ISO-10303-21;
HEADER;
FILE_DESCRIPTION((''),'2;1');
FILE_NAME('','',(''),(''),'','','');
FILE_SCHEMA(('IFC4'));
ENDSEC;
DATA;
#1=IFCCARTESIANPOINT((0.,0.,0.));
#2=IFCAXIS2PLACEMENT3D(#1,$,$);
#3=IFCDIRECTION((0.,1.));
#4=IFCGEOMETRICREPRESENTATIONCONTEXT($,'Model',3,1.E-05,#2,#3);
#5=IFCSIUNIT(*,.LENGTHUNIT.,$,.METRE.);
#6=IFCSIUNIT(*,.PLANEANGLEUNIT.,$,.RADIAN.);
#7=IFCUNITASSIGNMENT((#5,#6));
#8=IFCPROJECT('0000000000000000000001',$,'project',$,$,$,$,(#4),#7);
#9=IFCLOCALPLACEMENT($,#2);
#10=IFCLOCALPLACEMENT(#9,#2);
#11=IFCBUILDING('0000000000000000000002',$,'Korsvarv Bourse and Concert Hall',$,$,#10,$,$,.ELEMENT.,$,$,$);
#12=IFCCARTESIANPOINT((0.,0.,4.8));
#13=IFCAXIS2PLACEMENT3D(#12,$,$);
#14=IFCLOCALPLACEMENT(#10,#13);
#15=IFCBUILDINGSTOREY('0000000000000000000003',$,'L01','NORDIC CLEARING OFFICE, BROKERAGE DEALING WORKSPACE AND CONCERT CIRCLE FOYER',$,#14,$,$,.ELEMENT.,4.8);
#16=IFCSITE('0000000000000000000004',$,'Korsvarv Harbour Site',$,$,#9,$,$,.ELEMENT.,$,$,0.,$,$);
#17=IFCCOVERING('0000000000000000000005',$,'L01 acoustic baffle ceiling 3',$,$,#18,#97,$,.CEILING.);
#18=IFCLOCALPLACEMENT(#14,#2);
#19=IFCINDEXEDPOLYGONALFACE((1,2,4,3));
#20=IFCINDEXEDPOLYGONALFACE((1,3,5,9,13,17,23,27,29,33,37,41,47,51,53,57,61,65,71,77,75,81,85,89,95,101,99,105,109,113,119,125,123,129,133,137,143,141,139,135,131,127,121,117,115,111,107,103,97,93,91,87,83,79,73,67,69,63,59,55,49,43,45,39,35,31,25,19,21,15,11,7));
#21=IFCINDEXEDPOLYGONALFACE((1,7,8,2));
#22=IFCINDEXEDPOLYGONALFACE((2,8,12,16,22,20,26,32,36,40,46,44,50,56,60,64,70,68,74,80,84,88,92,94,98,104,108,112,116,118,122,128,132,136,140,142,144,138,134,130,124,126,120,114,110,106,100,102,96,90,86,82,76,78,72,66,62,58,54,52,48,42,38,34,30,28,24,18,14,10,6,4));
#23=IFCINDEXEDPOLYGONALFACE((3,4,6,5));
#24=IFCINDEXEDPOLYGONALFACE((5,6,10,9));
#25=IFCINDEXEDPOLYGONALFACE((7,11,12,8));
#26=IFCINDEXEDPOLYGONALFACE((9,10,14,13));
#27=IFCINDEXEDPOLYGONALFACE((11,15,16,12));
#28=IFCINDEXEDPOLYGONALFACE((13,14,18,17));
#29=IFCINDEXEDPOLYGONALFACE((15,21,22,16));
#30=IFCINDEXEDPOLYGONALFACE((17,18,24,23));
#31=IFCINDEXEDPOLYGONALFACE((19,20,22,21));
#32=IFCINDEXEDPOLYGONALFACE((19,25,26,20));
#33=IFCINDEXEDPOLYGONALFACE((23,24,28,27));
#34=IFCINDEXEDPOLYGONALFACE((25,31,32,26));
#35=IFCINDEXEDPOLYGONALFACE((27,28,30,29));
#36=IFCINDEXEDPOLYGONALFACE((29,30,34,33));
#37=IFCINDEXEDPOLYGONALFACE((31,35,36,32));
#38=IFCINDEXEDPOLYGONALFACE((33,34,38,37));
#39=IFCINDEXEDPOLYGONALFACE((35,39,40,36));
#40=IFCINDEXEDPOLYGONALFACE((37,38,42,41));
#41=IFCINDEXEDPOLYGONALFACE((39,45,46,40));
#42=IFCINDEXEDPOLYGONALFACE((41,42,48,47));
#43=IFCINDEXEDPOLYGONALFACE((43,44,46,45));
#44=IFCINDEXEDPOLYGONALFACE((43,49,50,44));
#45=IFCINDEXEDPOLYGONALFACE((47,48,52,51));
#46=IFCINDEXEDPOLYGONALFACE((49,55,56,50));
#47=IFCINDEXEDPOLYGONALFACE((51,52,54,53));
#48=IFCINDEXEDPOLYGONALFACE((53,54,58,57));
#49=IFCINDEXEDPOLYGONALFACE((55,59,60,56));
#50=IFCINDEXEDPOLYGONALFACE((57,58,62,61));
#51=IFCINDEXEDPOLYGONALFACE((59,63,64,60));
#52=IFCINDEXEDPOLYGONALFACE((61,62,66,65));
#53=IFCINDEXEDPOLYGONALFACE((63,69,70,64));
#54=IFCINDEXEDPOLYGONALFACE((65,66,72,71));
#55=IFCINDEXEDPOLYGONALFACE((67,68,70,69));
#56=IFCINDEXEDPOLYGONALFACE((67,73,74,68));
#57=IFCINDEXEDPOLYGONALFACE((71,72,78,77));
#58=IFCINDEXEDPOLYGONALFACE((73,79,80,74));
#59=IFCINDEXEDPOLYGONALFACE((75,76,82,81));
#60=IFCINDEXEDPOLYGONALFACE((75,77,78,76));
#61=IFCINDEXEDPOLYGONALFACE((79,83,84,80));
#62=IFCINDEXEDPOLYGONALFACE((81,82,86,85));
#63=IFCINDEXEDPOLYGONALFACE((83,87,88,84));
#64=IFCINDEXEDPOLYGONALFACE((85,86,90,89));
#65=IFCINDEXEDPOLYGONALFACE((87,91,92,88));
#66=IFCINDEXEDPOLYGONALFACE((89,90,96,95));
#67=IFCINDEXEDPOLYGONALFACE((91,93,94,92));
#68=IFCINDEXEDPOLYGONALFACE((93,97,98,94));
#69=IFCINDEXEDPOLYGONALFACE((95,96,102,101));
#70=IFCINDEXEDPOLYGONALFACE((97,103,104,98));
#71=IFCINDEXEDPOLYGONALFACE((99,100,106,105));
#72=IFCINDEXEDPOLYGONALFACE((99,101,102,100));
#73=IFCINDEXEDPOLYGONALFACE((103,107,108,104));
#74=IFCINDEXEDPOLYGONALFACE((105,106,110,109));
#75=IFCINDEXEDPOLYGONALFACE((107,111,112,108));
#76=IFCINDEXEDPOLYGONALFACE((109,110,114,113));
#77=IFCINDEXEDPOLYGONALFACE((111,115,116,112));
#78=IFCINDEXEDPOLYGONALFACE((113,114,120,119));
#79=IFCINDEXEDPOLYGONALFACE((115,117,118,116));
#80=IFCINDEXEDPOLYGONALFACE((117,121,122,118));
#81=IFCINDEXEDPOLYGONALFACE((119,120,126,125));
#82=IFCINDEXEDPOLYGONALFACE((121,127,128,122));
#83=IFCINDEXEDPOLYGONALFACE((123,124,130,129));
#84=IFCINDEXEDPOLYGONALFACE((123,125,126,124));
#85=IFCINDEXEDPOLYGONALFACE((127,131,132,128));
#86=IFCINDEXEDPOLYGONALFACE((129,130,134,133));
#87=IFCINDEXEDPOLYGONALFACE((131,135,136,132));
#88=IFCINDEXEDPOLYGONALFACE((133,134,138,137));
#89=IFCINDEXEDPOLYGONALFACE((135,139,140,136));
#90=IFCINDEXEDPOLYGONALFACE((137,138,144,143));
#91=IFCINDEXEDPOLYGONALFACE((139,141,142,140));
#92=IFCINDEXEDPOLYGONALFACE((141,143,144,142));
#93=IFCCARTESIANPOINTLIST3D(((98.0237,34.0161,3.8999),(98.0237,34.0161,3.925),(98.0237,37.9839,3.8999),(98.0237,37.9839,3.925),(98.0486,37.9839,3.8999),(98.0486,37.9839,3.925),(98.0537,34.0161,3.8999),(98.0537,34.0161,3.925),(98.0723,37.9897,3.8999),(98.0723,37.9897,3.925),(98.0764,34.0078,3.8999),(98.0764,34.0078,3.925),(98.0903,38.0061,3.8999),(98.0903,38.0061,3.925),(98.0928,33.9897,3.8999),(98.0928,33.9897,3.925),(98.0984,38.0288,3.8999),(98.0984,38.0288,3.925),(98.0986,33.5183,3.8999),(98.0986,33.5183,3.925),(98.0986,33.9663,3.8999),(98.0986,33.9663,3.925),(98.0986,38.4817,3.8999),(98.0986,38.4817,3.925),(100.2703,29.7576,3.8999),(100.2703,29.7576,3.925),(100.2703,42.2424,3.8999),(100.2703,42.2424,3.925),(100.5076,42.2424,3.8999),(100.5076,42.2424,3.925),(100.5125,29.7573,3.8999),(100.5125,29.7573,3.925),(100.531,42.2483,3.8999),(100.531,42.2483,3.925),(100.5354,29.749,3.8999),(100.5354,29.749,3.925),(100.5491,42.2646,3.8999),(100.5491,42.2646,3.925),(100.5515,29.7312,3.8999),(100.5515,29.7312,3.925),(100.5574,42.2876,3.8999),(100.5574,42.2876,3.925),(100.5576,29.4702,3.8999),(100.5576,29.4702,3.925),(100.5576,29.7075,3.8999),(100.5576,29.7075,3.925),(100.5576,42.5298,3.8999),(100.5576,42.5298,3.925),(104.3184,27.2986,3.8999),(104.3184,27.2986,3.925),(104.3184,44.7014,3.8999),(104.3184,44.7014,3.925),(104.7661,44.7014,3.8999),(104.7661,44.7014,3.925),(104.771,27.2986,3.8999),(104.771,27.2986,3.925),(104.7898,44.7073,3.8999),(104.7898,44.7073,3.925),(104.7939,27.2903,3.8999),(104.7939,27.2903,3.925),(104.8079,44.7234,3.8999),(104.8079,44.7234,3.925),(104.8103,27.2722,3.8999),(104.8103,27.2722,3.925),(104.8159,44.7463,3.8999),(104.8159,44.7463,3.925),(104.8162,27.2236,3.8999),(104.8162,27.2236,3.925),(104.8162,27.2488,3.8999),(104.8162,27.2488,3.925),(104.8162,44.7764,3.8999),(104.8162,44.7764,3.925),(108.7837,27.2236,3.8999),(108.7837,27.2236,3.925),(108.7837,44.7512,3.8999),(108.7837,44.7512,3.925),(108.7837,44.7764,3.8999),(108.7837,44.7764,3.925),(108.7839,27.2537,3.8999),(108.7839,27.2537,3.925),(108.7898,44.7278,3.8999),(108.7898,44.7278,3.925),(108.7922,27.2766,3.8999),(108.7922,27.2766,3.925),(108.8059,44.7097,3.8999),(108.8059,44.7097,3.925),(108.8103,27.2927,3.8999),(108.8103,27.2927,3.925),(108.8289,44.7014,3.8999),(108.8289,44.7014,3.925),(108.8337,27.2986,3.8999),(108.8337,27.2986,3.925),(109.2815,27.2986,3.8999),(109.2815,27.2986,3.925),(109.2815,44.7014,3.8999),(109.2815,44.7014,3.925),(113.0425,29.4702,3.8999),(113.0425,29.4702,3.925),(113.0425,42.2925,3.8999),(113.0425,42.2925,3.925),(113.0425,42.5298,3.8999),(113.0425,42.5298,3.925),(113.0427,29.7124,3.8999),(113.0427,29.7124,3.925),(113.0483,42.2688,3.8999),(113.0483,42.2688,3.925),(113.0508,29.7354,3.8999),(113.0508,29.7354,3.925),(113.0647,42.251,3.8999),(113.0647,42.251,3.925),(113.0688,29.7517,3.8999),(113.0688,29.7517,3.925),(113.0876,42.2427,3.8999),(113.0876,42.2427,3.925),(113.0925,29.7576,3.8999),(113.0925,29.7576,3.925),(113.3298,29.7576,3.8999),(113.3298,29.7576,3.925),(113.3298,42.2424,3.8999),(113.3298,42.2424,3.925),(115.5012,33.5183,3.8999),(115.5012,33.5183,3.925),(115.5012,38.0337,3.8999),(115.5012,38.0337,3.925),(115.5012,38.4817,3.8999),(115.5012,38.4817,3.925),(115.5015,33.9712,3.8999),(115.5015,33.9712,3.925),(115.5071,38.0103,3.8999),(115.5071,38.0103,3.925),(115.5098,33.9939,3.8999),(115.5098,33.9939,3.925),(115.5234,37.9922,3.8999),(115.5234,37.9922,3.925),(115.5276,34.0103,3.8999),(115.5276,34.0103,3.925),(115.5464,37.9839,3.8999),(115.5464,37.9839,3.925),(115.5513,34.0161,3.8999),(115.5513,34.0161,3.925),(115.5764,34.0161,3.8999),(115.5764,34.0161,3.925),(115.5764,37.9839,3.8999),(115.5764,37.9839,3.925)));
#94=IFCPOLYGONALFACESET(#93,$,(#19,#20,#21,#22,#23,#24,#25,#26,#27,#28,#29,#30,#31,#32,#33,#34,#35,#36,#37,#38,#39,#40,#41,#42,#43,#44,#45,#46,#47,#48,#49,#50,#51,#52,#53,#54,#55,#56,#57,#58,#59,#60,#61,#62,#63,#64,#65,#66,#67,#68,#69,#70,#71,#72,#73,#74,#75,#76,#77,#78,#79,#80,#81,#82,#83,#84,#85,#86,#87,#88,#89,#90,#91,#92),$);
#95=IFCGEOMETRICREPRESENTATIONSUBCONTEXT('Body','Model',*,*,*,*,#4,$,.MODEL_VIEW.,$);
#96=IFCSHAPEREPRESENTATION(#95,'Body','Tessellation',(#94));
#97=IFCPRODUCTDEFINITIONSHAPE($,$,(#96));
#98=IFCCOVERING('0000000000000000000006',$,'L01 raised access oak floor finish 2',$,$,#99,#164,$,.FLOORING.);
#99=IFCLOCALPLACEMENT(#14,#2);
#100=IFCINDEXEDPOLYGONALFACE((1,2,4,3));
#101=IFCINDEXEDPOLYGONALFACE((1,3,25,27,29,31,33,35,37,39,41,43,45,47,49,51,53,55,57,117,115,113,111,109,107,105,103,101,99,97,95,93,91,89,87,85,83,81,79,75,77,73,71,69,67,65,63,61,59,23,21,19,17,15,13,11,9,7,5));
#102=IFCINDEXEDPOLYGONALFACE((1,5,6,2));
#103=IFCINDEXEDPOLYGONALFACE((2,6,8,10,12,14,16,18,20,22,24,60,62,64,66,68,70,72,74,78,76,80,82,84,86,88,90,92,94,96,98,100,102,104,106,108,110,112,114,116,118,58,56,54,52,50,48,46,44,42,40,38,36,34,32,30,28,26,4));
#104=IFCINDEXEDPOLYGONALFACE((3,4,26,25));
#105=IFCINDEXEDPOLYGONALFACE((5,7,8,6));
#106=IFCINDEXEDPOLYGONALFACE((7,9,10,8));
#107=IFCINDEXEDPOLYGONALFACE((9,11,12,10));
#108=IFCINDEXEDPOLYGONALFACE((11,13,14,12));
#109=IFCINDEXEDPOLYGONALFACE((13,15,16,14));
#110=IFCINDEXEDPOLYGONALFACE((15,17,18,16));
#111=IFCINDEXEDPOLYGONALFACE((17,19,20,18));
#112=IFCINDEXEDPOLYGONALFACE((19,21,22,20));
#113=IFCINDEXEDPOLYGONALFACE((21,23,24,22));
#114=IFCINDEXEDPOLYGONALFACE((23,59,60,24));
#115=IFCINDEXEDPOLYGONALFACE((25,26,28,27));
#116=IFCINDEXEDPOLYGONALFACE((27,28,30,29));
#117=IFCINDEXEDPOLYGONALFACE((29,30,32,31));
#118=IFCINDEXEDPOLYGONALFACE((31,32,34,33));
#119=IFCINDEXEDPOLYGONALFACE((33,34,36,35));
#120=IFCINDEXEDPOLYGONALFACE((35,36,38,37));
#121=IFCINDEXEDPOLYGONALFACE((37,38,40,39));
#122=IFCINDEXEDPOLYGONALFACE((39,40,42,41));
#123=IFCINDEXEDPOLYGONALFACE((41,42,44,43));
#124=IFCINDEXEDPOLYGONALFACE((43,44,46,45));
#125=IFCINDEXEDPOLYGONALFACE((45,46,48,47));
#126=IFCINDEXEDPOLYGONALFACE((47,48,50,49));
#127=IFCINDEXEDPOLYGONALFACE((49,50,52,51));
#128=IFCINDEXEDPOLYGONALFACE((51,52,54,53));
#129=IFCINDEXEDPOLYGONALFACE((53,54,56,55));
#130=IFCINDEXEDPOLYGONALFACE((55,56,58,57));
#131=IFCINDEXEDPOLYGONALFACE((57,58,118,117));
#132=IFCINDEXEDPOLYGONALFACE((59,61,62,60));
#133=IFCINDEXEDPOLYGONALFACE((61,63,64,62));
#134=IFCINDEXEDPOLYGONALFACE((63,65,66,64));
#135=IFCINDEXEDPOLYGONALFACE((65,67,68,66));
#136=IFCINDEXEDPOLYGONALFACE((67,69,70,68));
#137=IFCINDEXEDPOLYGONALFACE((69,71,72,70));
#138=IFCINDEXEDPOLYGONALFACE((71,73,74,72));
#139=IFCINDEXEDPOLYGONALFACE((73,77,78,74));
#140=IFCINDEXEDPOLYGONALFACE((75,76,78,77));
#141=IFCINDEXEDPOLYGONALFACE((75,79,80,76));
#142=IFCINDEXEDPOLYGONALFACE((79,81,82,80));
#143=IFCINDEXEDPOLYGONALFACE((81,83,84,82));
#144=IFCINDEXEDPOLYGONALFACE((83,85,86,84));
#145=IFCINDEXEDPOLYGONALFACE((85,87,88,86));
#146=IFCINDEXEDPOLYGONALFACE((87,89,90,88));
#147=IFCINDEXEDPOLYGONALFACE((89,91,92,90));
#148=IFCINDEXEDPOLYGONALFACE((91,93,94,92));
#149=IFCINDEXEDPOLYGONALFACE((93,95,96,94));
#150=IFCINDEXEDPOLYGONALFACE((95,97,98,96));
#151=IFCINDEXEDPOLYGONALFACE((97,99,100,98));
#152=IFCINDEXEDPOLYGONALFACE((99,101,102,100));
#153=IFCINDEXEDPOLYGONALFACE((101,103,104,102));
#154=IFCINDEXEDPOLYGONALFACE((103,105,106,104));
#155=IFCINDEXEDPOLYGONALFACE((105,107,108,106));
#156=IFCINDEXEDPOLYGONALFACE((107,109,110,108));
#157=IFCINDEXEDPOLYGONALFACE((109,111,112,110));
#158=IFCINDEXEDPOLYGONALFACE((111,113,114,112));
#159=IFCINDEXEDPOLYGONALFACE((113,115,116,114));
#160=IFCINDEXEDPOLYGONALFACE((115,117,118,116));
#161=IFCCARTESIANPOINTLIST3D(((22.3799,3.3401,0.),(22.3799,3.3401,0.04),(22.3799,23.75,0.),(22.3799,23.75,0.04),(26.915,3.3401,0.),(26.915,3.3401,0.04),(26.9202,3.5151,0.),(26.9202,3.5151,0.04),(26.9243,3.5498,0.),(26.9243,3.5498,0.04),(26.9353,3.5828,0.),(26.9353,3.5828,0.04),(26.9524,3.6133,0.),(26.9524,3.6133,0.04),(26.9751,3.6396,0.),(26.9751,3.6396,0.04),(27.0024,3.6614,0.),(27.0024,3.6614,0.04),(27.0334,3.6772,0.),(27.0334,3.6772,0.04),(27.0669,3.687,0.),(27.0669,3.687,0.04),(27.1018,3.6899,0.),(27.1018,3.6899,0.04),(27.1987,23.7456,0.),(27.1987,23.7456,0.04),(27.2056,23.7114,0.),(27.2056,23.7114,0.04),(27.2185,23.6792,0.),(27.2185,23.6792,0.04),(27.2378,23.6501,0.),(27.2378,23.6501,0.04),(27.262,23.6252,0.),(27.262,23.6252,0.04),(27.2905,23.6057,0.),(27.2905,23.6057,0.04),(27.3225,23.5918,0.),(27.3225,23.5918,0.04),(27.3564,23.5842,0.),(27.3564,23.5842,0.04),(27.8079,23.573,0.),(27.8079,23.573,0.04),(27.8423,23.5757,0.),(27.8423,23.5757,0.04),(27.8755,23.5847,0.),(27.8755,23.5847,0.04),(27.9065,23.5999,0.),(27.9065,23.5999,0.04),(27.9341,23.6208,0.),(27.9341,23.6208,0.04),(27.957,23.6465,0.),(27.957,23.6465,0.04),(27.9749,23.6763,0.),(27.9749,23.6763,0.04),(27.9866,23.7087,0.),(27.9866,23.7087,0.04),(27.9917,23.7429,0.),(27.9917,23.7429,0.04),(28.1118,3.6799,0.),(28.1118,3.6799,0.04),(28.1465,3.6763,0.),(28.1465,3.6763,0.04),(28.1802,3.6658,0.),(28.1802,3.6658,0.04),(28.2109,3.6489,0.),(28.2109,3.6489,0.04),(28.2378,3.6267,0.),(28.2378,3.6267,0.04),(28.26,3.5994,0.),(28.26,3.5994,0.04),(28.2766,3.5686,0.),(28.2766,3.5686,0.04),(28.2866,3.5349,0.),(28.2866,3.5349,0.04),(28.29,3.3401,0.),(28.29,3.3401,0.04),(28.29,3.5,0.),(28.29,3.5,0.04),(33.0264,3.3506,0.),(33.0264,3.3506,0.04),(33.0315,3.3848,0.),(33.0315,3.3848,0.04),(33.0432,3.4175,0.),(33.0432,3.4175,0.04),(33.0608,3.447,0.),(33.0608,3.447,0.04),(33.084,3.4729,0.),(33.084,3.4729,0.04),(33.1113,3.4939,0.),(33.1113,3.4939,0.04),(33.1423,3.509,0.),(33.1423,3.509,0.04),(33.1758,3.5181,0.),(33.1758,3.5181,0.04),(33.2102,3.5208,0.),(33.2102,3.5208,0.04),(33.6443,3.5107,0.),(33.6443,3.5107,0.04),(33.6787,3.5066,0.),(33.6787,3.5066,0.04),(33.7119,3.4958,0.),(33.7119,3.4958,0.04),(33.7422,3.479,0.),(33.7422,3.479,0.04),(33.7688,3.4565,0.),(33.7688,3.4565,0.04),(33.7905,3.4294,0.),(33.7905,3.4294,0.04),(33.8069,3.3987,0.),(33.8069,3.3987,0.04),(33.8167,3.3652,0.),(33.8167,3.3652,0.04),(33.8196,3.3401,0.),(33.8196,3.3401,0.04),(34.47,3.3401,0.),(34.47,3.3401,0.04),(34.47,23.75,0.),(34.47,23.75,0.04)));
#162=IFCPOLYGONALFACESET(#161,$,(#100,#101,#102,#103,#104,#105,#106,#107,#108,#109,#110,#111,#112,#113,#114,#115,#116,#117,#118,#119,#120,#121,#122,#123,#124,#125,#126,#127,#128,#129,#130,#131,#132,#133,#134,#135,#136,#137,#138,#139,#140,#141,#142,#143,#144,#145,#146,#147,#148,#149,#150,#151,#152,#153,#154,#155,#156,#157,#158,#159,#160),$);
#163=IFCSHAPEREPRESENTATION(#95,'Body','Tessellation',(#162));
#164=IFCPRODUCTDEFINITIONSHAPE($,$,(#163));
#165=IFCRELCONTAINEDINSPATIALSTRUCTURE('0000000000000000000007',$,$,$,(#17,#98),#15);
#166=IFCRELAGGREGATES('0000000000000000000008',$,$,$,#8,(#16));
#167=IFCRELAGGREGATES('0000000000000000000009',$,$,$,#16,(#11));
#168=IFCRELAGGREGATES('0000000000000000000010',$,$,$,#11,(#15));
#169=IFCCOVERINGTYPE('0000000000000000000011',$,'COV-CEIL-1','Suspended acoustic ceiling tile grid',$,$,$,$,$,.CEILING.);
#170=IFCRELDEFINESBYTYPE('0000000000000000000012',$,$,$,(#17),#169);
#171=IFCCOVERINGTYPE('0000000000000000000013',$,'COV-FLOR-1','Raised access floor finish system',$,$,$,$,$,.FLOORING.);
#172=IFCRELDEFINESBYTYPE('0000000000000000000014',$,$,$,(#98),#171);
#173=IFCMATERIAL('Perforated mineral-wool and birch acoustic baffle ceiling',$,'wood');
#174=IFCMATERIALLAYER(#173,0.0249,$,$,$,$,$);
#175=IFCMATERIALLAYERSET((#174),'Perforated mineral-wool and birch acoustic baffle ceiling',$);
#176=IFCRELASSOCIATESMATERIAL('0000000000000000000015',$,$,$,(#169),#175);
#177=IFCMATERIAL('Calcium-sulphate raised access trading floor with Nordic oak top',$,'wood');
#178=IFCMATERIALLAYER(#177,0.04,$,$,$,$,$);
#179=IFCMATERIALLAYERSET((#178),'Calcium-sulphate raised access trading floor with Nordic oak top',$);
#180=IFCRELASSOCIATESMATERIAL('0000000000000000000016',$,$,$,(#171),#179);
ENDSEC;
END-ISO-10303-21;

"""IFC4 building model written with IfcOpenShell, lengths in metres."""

from ifc_helpers import new_model, si_unit, direction, frame, origin, place, context, subcontext, project, spatial, polyline, outline, extrude, material, layer, layer_set, type_object, element, save


model = new_model("IFC4")

# Units and contexts
model_context = context("Model", 3, precision=1e-05, world=origin(), true_north=direction((0.0, 1.0)))
body_context = subcontext(model_context, "Body", "Model", "MODEL_VIEW")
ifc_project = project(units=[si_unit("LENGTHUNIT", "METRE"), si_unit("PLANEANGLEUNIT", "RADIAN")], contexts=[model_context])

# Site, building, storey
site_placement = place(None, origin())
site = spatial("IfcSite", under=ifc_project, at=site_placement, Name="Korsvarv Harbour Site", CompositionType="ELEMENT", RefElevation=0.0)
building_placement = place(site_placement, origin())
building = spatial("IfcBuilding", under=site, at=building_placement, Name="Korsvarv Bourse and Concert Hall", CompositionType="ELEMENT")
storey_placement = place(building_placement, frame((0.0, 0.0, 4.8)))
storey = spatial("IfcBuildingStorey", under=building, at=storey_placement, Name="L01", Description="NORDIC CLEARING OFFICE, BROKERAGE DEALING WORKSPACE AND CONCERT CIRCLE FOYER", CompositionType="ELEMENT", Elevation=4.8)

# Coverings
ifc_material_1 = material(Name="Perforated mineral-wool and birch acoustic baffle ceiling", Category="wood")
ifc_layer_1 = layer(ifc_material_1, 0.0249)
ifc_layer_set_1 = layer_set([ifc_layer_1], Name="Perforated mineral-wool and birch acoustic baffle ceiling")
covering_type_1 = type_object("IfcCoveringType", Name="COV-CEIL-1", Description="Suspended acoustic ceiling tile grid", PredefinedType="CEILING", material=ifc_layer_set_1)
covering_1_placement = place(storey_placement, frame((0.0, 0.0, 3.8999)))
element("IfcCovering", 1, at=covering_1_placement, inside=storey, type_object=covering_type_1, Name="L01 acoustic baffle ceiling 3", PredefinedType="CEILING", context=body_context, shape_type="SweptSolid", body=[
    extrude(outline(polyline([(115.5764, 34.0161), (115.5513, 34.0161), (115.5276, 34.0103), (115.5098, 33.9939), (115.5015, 33.9712), (115.5012, 33.5183), (113.3298, 29.7576), (113.0925, 29.7576), (113.0688, 29.7517), (113.0508, 29.7354), (113.0427, 29.7124), (113.0425, 29.4702), (109.2815, 27.2986), (108.8337, 27.2986), (108.8103, 27.2927), (108.7922, 27.2766), (108.7839, 27.2537), (108.7837, 27.2236), (104.8162, 27.2236), (104.8162, 27.2488), (104.8103, 27.2722), (104.7939, 27.2903), (104.771, 27.2986), (104.3184, 27.2986), (100.5576, 29.4702), (100.5576, 29.7075), (100.5515, 29.7312), (100.5354, 29.749), (100.5125, 29.7573), (100.2703, 29.7576), (98.0986, 33.5183), (98.0986, 33.9663), (98.0928, 33.9897), (98.0764, 34.0078), (98.0537, 34.0161), (98.0237, 34.0161), (98.0237, 37.9839), (98.0486, 37.9839), (98.0723, 37.9897), (98.0903, 38.0061), (98.0984, 38.0288), (98.0986, 38.4817), (100.2703, 42.2424), (100.5076, 42.2424), (100.531, 42.2483), (100.5491, 42.2646), (100.5574, 42.2876), (100.5576, 42.5298), (104.3184, 44.7014), (104.7661, 44.7014), (104.7898, 44.7073), (104.8079, 44.7234), (104.8159, 44.7463), (104.8162, 44.7764), (108.7837, 44.7764), (108.7837, 44.7512), (108.7898, 44.7278), (108.8059, 44.7097), (108.8289, 44.7014), (109.2815, 44.7014), (113.0425, 42.5298), (113.0425, 42.2925), (113.0483, 42.2688), (113.0647, 42.251), (113.0876, 42.2427), (113.3298, 42.2424), (115.5012, 38.4817), (115.5012, 38.0337), (115.5071, 38.0103), (115.5234, 37.9922), (115.5464, 37.9839), (115.5764, 37.9839), (115.5764, 34.0161)])), origin(), (0.0, 0.0, 1.0), 0.0251),
])
ifc_material_2 = material(Name="Calcium-sulphate raised access trading floor with Nordic oak top", Category="wood")
ifc_layer_2 = layer(ifc_material_2, 0.04)
ifc_layer_set_2 = layer_set([ifc_layer_2], Name="Calcium-sulphate raised access trading floor with Nordic oak top")
covering_type_2 = type_object("IfcCoveringType", Name="COV-FLOR-1", Description="Raised access floor finish system", PredefinedType="FLOORING", material=ifc_layer_set_2)
covering_2_placement = place(storey_placement, origin())
element("IfcCovering", 2, at=covering_2_placement, inside=storey, type_object=covering_type_2, Name="L01 raised access oak floor finish 2", PredefinedType="FLOORING", context=body_context, shape_type="SweptSolid", body=[
    extrude(outline(polyline([(27.1987, 23.7456), (27.2056, 23.7114), (27.2185, 23.6792), (27.2378, 23.6501), (27.262, 23.6252), (27.2905, 23.6057), (27.3225, 23.5918), (27.3564, 23.5842), (27.8079, 23.573), (27.8423, 23.5757), (27.8755, 23.5847), (27.9065, 23.5999), (27.9341, 23.6208), (27.957, 23.6465), (27.9749, 23.6763), (27.9866, 23.7087), (27.9917, 23.7429), (34.47, 23.75), (34.47, 3.3401), (33.8196, 3.3401), (33.8167, 3.3652), (33.8069, 3.3987), (33.7905, 3.4294), (33.7688, 3.4565), (33.7422, 3.479), (33.7119, 3.4958), (33.6787, 3.5066), (33.6443, 3.5107), (33.2102, 3.5208), (33.1758, 3.5181), (33.1423, 3.509), (33.1113, 3.4939), (33.084, 3.4729), (33.0608, 3.447), (33.0432, 3.4175), (33.0315, 3.3848), (33.0264, 3.3506), (28.29, 3.3401), (28.29, 3.5), (28.2866, 3.5349), (28.2766, 3.5686), (28.26, 3.5994), (28.2378, 3.6267), (28.2109, 3.6489), (28.1802, 3.6658), (28.1465, 3.6763), (28.1118, 3.6799), (27.1018, 3.6899), (27.0669, 3.687), (27.0334, 3.6772), (27.0024, 3.6614), (26.9751, 3.6396), (26.9524, 3.6133), (26.9353, 3.5828), (26.9243, 3.5498), (26.9202, 3.5151), (26.915, 3.3401), (22.3799, 3.3401), (22.3799, 23.75), (27.1987, 23.7456)])), origin(), (0.0, 0.0, 1.0), 0.04),
])

save(model, "model.ifc")
